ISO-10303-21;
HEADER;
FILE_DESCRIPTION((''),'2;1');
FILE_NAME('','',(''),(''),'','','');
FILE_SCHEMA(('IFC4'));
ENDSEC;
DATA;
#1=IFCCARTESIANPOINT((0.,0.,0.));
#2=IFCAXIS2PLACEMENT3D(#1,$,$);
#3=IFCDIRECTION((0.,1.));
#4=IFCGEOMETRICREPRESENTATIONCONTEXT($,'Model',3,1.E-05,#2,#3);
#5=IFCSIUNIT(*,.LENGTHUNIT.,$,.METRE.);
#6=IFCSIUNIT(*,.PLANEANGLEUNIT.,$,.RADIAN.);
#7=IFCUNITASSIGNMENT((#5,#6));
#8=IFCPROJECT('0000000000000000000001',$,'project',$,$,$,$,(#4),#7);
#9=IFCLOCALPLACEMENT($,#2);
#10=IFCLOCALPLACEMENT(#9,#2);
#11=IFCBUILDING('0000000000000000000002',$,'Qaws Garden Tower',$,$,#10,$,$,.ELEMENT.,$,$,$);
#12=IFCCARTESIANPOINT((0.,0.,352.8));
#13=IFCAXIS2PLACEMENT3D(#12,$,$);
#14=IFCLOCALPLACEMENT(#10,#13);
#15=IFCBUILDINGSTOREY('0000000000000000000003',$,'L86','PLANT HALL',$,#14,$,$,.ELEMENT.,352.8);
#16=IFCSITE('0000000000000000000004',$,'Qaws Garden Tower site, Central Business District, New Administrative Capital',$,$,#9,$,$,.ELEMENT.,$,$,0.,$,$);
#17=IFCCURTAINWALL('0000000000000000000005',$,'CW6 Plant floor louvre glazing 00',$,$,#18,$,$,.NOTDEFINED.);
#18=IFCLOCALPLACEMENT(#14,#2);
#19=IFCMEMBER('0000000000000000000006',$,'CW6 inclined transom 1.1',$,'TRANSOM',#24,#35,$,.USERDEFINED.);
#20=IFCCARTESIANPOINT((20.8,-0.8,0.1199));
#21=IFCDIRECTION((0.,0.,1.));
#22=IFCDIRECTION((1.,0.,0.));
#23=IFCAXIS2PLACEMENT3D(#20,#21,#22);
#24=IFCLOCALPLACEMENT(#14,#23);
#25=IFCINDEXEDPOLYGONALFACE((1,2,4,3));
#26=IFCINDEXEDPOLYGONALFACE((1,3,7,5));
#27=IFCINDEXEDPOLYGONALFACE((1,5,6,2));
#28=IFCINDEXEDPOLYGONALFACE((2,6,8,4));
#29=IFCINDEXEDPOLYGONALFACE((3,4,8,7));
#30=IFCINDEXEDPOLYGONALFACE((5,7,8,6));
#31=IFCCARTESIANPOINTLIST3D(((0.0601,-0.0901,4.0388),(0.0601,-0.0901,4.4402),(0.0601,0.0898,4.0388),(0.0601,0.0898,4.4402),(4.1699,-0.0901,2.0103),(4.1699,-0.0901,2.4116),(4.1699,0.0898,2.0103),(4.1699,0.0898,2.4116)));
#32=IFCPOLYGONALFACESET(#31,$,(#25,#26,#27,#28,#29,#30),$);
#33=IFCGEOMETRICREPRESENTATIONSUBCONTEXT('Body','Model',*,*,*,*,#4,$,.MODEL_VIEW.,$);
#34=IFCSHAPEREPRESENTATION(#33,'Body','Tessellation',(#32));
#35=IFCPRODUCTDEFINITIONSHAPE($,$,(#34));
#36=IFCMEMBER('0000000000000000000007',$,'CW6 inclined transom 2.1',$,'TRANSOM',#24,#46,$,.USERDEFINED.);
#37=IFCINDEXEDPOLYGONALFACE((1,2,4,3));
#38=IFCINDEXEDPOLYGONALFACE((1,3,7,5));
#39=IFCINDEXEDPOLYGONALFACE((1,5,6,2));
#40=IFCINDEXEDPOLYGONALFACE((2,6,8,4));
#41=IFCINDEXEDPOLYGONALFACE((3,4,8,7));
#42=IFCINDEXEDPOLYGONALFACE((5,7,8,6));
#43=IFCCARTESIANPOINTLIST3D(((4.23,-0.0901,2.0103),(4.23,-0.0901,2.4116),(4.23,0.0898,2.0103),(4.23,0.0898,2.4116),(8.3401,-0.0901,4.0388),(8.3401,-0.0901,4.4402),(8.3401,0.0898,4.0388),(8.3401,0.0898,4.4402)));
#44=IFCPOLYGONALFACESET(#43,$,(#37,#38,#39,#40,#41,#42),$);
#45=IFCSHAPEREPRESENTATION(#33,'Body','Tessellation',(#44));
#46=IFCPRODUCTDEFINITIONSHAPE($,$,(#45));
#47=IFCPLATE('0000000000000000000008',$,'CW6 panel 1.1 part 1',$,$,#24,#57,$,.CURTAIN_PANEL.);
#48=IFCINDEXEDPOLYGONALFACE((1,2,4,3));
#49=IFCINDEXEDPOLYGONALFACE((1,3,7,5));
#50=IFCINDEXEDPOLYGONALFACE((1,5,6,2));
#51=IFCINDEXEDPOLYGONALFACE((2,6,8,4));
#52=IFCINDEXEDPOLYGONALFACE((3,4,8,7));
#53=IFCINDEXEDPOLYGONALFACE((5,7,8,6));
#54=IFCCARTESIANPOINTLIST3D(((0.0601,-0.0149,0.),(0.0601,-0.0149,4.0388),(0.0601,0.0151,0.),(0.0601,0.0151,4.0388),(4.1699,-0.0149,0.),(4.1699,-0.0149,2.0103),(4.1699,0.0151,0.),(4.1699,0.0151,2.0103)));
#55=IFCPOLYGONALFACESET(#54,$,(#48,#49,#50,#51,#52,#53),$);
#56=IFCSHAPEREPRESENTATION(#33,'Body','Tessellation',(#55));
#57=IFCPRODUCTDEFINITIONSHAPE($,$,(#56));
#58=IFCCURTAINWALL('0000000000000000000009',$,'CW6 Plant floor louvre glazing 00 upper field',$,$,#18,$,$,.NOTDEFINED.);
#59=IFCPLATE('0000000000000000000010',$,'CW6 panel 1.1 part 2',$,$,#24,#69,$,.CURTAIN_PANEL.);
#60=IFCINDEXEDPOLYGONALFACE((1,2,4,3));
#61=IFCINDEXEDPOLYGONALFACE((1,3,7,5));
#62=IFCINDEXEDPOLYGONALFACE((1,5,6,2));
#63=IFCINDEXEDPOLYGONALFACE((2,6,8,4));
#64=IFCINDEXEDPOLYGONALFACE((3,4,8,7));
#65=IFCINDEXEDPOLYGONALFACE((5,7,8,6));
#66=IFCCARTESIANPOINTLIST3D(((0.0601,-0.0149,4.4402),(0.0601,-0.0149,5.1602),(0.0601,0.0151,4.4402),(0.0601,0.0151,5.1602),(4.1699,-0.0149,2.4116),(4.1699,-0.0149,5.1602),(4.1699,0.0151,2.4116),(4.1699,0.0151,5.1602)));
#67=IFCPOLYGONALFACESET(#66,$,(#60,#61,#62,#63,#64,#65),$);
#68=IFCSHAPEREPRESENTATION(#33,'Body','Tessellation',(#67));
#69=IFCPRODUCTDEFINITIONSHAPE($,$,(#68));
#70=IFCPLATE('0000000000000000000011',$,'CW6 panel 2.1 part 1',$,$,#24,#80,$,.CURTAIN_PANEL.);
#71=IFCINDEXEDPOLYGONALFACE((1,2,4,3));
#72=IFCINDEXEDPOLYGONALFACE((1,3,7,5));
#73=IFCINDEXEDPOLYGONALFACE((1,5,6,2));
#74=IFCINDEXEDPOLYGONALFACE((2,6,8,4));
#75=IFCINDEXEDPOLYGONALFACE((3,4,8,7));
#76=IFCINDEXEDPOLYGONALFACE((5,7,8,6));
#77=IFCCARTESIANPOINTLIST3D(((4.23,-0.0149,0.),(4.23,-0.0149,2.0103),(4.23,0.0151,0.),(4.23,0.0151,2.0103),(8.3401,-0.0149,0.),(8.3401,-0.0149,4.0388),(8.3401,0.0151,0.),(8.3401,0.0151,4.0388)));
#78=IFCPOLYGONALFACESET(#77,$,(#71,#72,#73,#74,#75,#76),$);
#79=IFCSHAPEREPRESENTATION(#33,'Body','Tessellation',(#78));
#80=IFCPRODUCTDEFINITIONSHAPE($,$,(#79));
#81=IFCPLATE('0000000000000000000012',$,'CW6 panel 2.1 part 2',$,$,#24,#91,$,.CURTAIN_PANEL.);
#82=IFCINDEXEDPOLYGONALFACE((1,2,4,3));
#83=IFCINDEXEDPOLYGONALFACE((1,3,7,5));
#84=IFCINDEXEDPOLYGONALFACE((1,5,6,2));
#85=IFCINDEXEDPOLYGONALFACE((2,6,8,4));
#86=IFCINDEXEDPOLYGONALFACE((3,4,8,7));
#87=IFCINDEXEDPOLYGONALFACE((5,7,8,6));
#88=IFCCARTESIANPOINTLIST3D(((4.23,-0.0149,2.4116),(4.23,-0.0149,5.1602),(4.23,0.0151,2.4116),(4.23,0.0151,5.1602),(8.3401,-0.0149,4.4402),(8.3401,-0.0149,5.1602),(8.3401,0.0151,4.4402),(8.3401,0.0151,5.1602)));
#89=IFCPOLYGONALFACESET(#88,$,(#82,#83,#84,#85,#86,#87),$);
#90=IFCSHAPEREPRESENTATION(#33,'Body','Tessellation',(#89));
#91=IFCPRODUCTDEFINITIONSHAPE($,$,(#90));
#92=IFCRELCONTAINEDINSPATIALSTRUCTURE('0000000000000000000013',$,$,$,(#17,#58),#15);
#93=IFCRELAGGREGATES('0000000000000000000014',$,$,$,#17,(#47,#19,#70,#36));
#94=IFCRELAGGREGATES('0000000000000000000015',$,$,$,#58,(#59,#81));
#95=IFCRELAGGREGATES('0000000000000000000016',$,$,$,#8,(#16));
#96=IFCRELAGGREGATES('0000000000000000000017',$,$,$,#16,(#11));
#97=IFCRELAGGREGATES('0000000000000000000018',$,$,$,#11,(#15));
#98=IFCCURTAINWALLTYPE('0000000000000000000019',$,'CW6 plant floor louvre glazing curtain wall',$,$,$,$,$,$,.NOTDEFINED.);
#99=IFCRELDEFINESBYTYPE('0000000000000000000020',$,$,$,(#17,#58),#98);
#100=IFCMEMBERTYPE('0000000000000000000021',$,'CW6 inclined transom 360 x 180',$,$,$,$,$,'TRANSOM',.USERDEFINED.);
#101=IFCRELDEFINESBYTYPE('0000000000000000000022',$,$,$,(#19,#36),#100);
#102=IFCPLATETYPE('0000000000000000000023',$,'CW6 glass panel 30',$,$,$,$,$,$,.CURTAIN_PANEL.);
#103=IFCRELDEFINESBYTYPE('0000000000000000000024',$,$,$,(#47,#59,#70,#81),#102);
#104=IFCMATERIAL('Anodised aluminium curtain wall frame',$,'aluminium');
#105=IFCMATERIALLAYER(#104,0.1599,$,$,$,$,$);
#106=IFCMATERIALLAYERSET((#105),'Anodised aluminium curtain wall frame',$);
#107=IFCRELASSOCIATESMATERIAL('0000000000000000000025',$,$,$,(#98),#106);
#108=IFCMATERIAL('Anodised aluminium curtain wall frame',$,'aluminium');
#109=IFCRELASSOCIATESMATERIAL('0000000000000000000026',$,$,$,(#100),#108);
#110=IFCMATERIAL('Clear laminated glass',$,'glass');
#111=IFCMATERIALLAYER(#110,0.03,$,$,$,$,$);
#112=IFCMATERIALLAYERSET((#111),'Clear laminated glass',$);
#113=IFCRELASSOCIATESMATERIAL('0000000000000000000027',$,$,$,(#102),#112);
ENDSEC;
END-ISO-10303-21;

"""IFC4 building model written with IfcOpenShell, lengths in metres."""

from ifc_helpers import new_model, si_unit, direction, frame, origin, origin_2d, place, context, subcontext, project, spatial, polyline, rectangle, outline, extrude, material, layer, layer_set, material_profile, profile_set, type_object, element, aggregate, save


model = new_model("IFC4")

# Units and contexts
model_context = context("Model", 3, precision=1e-05, world=origin(), true_north=direction((0.0, 1.0)))
body_context = subcontext(model_context, "Body", "Model", "MODEL_VIEW")
ifc_project = project(units=[si_unit("LENGTHUNIT", "METRE"), si_unit("PLANEANGLEUNIT", "RADIAN")], contexts=[model_context])

# Site, building, storey
site_placement = place(None, origin())
site = spatial("IfcSite", under=ifc_project, at=site_placement, Name="Qaws Garden Tower site, Central Business District, New Administrative Capital", CompositionType="ELEMENT", RefElevation=0.0)
building_placement = place(site_placement, origin())
building = spatial("IfcBuilding", under=site, at=building_placement, Name="Qaws Garden Tower", CompositionType="ELEMENT")
storey_placement = place(building_placement, frame((0.0, 0.0, 352.8)))
storey = spatial("IfcBuildingStorey", under=building, at=storey_placement, Name="L86", Description="PLANT HALL", CompositionType="ELEMENT", Elevation=352.8)

# Curtain wall, members
ifc_material_1 = material(Name="Anodised aluminium curtain wall frame", Category="aluminium")
ifc_layer_1 = layer(ifc_material_1, 0.1599)
ifc_layer_set_1 = layer_set([ifc_layer_1], Name="Anodised aluminium curtain wall frame")
curtain_wall_type = type_object("IfcCurtainWallType", Name="CW6 plant floor louvre glazing curtain wall", PredefinedType="NOTDEFINED", material=ifc_layer_set_1)
placement_1 = place(storey_placement, origin())
curtain_wall_1 = element("IfcCurtainWall", 1, at=placement_1, inside=storey, type_object=curtain_wall_type, Name="CW6 Plant floor louvre glazing 00", PredefinedType="NOTDEFINED")
ifc_material_2 = material(Name="Anodised aluminium curtain wall frame", Category="aluminium")
ifc_material_profile_1 = material_profile(ifc_material_2, rectangle(XDim=0.1799, YDim=0.3601, at=origin_2d()), Name="AL 180x360")
ifc_profile_set_1 = profile_set([ifc_material_profile_1], Name="Anodised aluminium curtain wall frame")
member_type_1 = type_object("IfcMemberType", Name="CW6 inclined transom 360 x 180", ElementType="TRANSOM", PredefinedType="USERDEFINED", material=ifc_profile_set_1)
placement_2 = place(storey_placement, frame((20.8, -0.8, 0.1199), z_axis=(0.0, 0.0, 1.0), x_axis=(1.0, 0.0, 0.0)))
member_1 = element("IfcMember", 2, at=placement_2, type_object=member_type_1, Name="CW6 inclined transom 1.1", ObjectType="TRANSOM", PredefinedType="USERDEFINED", context=body_context, shape_type="SweptSolid", body=[
    extrude(outline(polyline([(0.0601, 4.0388), (4.1699, 2.0103), (4.1699, 2.4116), (0.0601, 4.4402), (0.0601, 4.0388)])), frame((0.0, 0.0898, 0.0), z_axis=(0.0, -1.0, 0.0), x_axis=(1.0, 0.0, 0.0)), (0.0, 0.0, 1.0), 0.1799),
])
member_2 = element("IfcMember", 3, at=placement_2, type_object=member_type_1, Name="CW6 inclined transom 2.1", ObjectType="TRANSOM", PredefinedType="USERDEFINED", context=body_context, shape_type="SweptSolid", body=[
    extrude(outline(polyline([(4.23, 2.0103), (8.3401, 4.0388), (8.3401, 4.4402), (4.23, 2.4116), (4.23, 2.0103)])), frame((0.0, 0.0898, 0.0), z_axis=(0.0, -1.0, 0.0), x_axis=(1.0, 0.0, 0.0)), (0.0, 0.0, 1.0), 0.1799),
])

# Plate
ifc_material_3 = material(Name="Clear laminated glass", Category="glass")
ifc_layer_2 = layer(ifc_material_3, 0.03)
ifc_layer_set_2 = layer_set([ifc_layer_2], Name="Clear laminated glass")
plate_type = type_object("IfcPlateType", Name="CW6 glass panel 30", PredefinedType="CURTAIN_PANEL", material=ifc_layer_set_2)
plate_1 = element("IfcPlate", 4, at=placement_2, type_object=plate_type, Name="CW6 panel 1.1 part 1", PredefinedType="CURTAIN_PANEL", context=body_context, shape_type="SweptSolid", body=[
    extrude(outline(polyline([(4.1699, 0.0), (4.1699, 2.0103), (0.0601, 4.0388), (0.0601, 0.0), (4.1699, 0.0)])), frame((0.0, 0.0151, 0.0), z_axis=(0.0, -1.0, 0.0), x_axis=(1.0, 0.0, 0.0)), (0.0, 0.0, 1.0), 0.03),
])

# Curtain wall, plate
curtain_wall_2 = element("IfcCurtainWall", 5, at=placement_1, inside=storey, type_object=curtain_wall_type, Name="CW6 Plant floor louvre glazing 00 upper field", PredefinedType="NOTDEFINED")
plate_2 = element("IfcPlate", 6, at=placement_2, type_object=plate_type, Name="CW6 panel 1.1 part 2", PredefinedType="CURTAIN_PANEL", context=body_context, shape_type="SweptSolid", body=[
    extrude(outline(polyline([(0.0601, 5.1602), (0.0601, 4.4402), (4.1699, 2.4116), (4.1699, 5.1602), (0.0601, 5.1602)])), frame((0.0, 0.0151, 0.0), z_axis=(0.0, -1.0, 0.0), x_axis=(1.0, 0.0, 0.0)), (0.0, 0.0, 1.0), 0.03),
])

# Plates
plate_3 = element("IfcPlate", 7, at=placement_2, type_object=plate_type, Name="CW6 panel 2.1 part 1", PredefinedType="CURTAIN_PANEL", context=body_context, shape_type="SweptSolid", body=[
    extrude(outline(polyline([(8.3401, 0.0), (8.3401, 4.0388), (4.23, 2.0103), (4.23, 0.0), (8.3401, 0.0)])), frame((0.0, 0.0151, 0.0), z_axis=(0.0, -1.0, 0.0), x_axis=(1.0, 0.0, 0.0)), (0.0, 0.0, 1.0), 0.03),
])
aggregate(curtain_wall_1, [plate_1, member_1, plate_3, member_2])
plate_4 = element("IfcPlate", 8, at=placement_2, type_object=plate_type, Name="CW6 panel 2.1 part 2", PredefinedType="CURTAIN_PANEL", context=body_context, shape_type="SweptSolid", body=[
    extrude(outline(polyline([(4.23, 5.1602), (4.23, 2.4116), (8.3401, 4.4402), (8.3401, 5.1602), (4.23, 5.1602)])), frame((0.0, 0.0151, 0.0), z_axis=(0.0, -1.0, 0.0), x_axis=(1.0, 0.0, 0.0)), (0.0, 0.0, 1.0), 0.03),
])
aggregate(curtain_wall_2, [plate_2, plate_4])

save(model, "model.ifc")
